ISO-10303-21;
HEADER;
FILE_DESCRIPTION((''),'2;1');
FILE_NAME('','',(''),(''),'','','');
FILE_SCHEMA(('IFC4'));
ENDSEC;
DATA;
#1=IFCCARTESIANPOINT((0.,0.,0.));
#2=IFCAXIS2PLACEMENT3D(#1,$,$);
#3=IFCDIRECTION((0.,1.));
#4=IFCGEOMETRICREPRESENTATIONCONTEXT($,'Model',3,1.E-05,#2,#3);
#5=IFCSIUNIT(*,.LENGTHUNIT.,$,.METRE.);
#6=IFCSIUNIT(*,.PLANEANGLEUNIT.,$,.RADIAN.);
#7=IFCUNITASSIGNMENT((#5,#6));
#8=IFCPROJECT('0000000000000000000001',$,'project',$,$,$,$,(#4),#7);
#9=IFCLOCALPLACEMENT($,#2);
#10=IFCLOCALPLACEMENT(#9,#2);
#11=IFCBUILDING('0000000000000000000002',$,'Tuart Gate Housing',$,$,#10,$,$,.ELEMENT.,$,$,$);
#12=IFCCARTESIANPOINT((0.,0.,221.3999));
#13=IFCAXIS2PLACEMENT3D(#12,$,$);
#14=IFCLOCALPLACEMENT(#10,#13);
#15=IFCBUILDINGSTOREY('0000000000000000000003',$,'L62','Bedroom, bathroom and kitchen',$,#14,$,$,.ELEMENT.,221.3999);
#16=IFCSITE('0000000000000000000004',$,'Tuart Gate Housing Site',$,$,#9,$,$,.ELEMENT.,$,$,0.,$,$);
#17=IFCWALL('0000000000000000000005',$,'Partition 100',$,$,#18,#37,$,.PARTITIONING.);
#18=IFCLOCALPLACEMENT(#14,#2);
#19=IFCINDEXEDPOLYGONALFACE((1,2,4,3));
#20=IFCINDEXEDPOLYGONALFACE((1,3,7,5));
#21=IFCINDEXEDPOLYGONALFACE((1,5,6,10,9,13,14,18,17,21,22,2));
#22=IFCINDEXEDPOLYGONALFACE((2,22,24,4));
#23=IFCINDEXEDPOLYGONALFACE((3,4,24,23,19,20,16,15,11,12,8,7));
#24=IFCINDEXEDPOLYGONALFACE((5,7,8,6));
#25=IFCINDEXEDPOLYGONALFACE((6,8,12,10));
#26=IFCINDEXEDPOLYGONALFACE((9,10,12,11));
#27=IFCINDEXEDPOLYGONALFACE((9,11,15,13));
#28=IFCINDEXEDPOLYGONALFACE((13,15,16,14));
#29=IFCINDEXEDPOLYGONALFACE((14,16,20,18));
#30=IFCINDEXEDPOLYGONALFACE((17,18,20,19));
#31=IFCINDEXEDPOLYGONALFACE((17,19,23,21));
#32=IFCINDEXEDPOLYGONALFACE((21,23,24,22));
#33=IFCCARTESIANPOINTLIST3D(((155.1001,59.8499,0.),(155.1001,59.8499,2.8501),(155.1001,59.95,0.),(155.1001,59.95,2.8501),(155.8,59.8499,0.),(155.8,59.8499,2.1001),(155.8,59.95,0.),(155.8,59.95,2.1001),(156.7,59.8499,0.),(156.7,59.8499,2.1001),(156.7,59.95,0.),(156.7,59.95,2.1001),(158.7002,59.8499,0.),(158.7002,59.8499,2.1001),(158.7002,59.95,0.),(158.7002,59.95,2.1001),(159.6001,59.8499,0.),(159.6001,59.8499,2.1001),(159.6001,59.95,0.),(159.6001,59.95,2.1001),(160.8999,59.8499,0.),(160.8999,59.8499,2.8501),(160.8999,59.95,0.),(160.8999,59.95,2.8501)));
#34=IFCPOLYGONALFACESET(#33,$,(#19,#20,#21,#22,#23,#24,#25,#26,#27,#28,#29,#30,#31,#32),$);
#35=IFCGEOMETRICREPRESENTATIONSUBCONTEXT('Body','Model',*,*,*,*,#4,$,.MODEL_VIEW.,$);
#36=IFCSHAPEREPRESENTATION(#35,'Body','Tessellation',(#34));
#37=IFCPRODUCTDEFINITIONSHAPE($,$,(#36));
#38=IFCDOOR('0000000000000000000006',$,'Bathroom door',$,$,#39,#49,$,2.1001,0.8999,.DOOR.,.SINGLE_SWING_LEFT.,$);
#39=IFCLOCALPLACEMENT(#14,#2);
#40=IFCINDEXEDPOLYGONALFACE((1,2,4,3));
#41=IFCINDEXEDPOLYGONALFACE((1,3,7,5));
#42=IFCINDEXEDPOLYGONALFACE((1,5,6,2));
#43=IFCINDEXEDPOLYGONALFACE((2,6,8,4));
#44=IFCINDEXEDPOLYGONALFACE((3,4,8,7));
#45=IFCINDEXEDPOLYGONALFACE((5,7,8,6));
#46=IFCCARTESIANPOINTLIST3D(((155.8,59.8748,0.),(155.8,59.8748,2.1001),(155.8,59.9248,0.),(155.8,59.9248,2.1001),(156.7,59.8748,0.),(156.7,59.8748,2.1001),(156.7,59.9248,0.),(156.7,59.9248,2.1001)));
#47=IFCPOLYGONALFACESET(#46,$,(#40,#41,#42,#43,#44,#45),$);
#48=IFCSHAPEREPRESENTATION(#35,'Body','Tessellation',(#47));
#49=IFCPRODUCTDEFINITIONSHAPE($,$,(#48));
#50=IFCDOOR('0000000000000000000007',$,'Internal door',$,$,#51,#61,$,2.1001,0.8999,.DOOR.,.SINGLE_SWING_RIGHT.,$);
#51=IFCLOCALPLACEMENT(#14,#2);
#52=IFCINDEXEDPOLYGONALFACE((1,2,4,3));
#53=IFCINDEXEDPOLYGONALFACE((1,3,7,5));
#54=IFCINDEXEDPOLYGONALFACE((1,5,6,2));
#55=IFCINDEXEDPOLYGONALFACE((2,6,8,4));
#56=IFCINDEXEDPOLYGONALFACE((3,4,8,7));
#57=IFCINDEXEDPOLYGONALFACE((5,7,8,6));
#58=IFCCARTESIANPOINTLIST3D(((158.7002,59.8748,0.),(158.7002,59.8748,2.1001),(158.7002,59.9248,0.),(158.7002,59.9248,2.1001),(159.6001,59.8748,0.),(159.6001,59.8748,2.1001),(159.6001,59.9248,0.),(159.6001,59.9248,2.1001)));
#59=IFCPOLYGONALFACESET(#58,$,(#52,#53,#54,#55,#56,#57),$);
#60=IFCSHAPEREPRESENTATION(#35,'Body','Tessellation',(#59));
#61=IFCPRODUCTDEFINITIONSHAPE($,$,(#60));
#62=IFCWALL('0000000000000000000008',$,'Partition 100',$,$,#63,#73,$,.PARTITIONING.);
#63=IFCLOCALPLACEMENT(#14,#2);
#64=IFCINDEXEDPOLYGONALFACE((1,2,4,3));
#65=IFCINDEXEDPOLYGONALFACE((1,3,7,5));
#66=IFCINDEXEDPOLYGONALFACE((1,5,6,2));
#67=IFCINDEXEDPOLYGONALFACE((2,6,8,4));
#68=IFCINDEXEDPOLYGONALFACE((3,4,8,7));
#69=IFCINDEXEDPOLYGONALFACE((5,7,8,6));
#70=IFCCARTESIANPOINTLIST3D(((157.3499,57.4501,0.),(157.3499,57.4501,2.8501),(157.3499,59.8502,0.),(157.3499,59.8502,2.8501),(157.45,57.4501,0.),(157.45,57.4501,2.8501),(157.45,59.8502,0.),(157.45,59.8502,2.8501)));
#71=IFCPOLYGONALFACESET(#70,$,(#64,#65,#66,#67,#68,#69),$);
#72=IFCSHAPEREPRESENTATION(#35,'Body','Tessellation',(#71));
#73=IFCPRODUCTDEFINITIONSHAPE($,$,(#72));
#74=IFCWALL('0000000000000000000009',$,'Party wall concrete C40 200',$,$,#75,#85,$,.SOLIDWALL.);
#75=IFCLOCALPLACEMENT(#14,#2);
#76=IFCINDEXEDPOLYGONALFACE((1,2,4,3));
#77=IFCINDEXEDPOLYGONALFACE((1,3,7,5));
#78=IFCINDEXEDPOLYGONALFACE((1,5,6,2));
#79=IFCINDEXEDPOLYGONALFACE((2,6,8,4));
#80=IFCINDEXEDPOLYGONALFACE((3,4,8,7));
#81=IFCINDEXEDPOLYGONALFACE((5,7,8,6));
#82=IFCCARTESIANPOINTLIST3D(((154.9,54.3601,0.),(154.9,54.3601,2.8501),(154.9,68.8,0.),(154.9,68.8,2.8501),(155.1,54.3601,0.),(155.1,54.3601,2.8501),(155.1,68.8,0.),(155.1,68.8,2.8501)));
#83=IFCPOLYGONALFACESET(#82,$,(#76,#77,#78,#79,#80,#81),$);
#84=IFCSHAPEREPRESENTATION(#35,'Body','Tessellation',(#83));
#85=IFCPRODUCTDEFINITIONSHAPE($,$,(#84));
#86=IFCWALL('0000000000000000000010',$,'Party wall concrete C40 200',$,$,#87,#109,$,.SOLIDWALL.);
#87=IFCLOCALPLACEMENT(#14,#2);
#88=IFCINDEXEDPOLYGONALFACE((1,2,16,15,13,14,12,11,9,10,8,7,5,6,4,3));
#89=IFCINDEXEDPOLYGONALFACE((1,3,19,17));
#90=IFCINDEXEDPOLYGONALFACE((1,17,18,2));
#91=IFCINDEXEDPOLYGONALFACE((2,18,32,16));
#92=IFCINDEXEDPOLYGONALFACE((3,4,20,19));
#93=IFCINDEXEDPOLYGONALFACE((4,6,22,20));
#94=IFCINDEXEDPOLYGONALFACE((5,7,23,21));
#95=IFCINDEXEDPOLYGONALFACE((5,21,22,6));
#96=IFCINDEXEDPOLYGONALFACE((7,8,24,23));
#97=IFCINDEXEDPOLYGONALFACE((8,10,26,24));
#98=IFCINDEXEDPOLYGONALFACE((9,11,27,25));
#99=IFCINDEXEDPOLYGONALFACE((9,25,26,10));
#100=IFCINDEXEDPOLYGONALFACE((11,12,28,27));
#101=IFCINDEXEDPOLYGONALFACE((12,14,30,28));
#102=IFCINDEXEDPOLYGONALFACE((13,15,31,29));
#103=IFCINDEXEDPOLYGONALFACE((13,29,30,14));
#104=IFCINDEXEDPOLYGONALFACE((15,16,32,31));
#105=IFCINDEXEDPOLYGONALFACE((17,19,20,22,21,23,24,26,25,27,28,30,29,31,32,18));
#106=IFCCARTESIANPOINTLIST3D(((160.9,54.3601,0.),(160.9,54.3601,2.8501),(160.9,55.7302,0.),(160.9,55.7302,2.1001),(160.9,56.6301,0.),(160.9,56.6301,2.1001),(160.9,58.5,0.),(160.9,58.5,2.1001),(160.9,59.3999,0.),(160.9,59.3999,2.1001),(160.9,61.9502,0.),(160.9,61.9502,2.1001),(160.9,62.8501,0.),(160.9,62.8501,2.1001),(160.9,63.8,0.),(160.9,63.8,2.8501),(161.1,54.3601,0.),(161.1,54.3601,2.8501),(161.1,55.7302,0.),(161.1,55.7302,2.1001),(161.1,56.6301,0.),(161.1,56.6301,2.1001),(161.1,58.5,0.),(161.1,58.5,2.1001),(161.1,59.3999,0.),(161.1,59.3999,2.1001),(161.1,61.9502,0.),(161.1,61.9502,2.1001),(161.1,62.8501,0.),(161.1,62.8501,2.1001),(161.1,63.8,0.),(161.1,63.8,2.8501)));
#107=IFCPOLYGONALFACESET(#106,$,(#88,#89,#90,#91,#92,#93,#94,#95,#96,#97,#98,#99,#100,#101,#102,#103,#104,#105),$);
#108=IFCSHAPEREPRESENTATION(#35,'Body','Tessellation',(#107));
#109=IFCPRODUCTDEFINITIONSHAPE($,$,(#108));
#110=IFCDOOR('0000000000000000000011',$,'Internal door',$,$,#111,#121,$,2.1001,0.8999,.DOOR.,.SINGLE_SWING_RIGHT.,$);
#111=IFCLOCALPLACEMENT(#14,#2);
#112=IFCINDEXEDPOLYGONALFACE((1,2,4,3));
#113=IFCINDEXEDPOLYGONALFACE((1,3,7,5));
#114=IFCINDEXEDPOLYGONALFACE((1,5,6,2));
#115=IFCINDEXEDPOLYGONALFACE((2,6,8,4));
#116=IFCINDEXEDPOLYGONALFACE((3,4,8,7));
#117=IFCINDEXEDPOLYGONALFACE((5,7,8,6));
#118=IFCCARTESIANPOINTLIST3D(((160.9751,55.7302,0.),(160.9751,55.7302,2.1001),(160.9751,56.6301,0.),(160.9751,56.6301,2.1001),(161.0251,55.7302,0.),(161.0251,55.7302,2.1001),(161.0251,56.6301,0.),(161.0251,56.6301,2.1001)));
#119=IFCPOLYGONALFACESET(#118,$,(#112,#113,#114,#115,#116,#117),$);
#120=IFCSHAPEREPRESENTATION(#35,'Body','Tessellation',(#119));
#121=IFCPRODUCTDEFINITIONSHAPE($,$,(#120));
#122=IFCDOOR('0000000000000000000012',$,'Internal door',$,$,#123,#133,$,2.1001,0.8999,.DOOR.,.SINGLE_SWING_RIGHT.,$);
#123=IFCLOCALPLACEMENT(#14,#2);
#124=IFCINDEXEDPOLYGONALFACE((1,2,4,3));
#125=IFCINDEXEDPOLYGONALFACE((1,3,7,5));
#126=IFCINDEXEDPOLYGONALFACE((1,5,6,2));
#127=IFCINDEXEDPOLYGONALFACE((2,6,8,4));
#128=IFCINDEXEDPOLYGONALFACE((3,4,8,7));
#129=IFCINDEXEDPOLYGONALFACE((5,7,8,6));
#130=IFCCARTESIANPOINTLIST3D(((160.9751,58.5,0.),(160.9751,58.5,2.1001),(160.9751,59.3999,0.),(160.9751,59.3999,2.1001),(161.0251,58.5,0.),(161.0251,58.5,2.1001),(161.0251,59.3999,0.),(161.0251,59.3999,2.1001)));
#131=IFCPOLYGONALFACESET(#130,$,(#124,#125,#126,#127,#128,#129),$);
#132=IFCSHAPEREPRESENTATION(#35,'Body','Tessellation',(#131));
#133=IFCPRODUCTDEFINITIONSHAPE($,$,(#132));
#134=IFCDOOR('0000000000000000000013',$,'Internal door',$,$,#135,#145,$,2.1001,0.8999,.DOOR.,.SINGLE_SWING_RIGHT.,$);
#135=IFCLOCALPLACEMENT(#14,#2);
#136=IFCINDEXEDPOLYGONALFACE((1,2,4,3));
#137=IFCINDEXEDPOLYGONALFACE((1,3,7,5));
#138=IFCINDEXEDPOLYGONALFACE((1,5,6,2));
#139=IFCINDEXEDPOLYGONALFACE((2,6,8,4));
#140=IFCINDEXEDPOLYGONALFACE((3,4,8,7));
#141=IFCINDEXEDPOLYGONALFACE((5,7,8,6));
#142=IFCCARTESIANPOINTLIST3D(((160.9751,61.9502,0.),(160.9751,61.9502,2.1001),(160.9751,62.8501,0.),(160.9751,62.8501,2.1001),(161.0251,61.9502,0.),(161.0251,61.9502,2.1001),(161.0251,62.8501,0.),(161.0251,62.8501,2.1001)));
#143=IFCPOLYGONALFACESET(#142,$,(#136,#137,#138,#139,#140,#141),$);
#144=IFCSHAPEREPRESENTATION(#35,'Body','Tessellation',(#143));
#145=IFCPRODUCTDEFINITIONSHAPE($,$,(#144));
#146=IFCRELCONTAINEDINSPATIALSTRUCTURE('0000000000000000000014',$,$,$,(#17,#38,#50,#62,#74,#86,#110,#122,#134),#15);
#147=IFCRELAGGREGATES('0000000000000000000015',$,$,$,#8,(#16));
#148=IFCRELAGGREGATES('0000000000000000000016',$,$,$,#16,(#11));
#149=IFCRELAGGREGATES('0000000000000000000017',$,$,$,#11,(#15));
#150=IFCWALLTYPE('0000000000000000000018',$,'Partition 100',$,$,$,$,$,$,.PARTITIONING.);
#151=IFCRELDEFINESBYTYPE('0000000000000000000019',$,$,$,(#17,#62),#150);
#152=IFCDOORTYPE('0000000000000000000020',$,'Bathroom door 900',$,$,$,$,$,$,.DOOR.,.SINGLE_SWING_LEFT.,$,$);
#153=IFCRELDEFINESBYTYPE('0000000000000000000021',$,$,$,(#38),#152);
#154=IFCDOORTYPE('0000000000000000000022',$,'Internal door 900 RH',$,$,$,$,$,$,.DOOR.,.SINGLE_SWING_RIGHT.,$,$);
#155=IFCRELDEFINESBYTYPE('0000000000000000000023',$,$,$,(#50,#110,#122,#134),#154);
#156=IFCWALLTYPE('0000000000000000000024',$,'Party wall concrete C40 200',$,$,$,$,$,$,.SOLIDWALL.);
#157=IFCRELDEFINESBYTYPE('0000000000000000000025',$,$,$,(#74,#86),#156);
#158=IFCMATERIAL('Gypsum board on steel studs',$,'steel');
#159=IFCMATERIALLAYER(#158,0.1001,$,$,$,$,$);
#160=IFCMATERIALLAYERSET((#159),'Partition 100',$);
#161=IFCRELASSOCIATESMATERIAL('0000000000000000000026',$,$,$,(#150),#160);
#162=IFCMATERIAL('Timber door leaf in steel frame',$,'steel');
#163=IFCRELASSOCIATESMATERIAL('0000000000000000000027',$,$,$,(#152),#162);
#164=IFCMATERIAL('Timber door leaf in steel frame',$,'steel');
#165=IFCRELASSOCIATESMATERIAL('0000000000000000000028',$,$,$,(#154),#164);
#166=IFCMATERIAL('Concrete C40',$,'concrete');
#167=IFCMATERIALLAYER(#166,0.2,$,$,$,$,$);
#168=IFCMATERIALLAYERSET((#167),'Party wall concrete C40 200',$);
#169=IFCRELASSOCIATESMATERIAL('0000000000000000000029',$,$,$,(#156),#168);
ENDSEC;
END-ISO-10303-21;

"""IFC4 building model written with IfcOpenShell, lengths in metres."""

from ifc_helpers import new_model, si_unit, direction, frame, frame_2d, origin, place, context, subcontext, project, spatial, rectangle, extrude, material, layer, layer_set, type_object, element, fill, save


model = new_model("IFC4")

# Units and contexts
model_context = context("Model", 3, precision=1e-05, world=origin(), true_north=direction((0.0, 1.0)))
body_context = subcontext(model_context, "Body", "Model", "MODEL_VIEW")
ifc_project = project(units=[si_unit("LENGTHUNIT", "METRE"), si_unit("PLANEANGLEUNIT", "RADIAN")], contexts=[model_context])

# Site, building, storey
site_placement = place(None, origin())
site = spatial("IfcSite", under=ifc_project, at=site_placement, Name="Tuart Gate Housing Site", CompositionType="ELEMENT", RefElevation=0.0)
building_placement = place(site_placement, origin())
building = spatial("IfcBuilding", under=site, at=building_placement, Name="Tuart Gate Housing", CompositionType="ELEMENT")
storey_placement = place(building_placement, frame((0.0, 0.0, 221.3999)))
storey = spatial("IfcBuildingStorey", under=building, at=storey_placement, Name="L62", Description="Bedroom, bathroom and kitchen", CompositionType="ELEMENT", Elevation=221.3999)

# Shared definitions
ifc_material_1 = material(Name="Gypsum board on steel studs", Category="steel")
ifc_layer_1 = layer(ifc_material_1, 0.1001)
ifc_layer_set_1 = layer_set([ifc_layer_1], Name="Partition 100")
wall_type_1 = type_object("IfcWallType", Name="Partition 100", PredefinedType="PARTITIONING", material=ifc_layer_set_1)

# Wall, openings, doors
wall_1_placement = place(storey_placement, frame((155.1001, 59.8999, 0.0), z_axis=(0.0, 0.0, 1.0), x_axis=(1.0, 0.0, 0.0)))
wall_1 = element("IfcWall", 1, at=wall_1_placement, inside=storey, type_object=wall_type_1, Name="Partition 100", PredefinedType="PARTITIONING", context=body_context, shape_type="SweptSolid", body=[
    extrude(rectangle(XDim=5.7998, YDim=0.1001, at=frame_2d((2.8999, 0.0))), origin(), (0.0, 0.0, 1.0), 2.8501),
])
opening_1_placement = place(wall_1_placement, frame((3.6001, 0.0, 0.0)))
opening_1 = element("IfcOpeningElement", 2, at=opening_1_placement, cuts=wall_1, PredefinedType="OPENING", context=body_context, shape_type="SweptSolid", body=[
    extrude(rectangle(XDim=0.8999, YDim=2.1001, at=frame_2d((0.45, 1.05))), frame((0.0, 0.0601, 0.0), z_axis=(0.0, -1.0, 0.0), x_axis=(1.0, 0.0, 0.0)), (0.0, 0.0, 1.0), 0.1201),
])
opening_2_placement = place(wall_1_placement, frame((0.7, 0.0, 0.0)))
opening_2 = element("IfcOpeningElement", 3, at=opening_2_placement, cuts=wall_1, PredefinedType="OPENING", context=body_context, shape_type="SweptSolid", body=[
    extrude(rectangle(XDim=0.8999, YDim=2.1001, at=frame_2d((0.45, 1.05))), frame((0.0, 0.0601, 0.0), z_axis=(0.0, -1.0, 0.0), x_axis=(1.0, 0.0, 0.0)), (0.0, 0.0, 1.0), 0.1201),
])
ifc_material_2 = material(Name="Timber door leaf in steel frame", Category="steel")
door_type_1 = type_object("IfcDoorType", Name="Bathroom door 900", OperationType="SINGLE_SWING_LEFT", PredefinedType="DOOR", material=ifc_material_2)
door_1_placement = place(opening_2_placement, frame((0.8999, 0.0, 0.0), z_axis=(0.0, 0.0, 1.0), x_axis=(-1.0, 0.0, 0.0)))
door_1 = element("IfcDoor", 4, at=door_1_placement, inside=storey, type_object=door_type_1, Name="Bathroom door", OperationType="SINGLE_SWING_LEFT", OverallHeight=2.1001, OverallWidth=0.8999, PredefinedType="DOOR", context=body_context, shape_type="SweptSolid", body=[
    extrude(rectangle(XDim=0.8999, YDim=2.1001, at=frame_2d((0.45, 1.05))), frame((0.0, 0.0251, 0.0), z_axis=(0.0, -1.0, 0.0), x_axis=(1.0, 0.0, 0.0)), (0.0, 0.0, 1.0), 0.05),
])
fill(opening_2, door_1)
ifc_material_3 = material(Name="Timber door leaf in steel frame", Category="steel")
door_type_2 = type_object("IfcDoorType", Name="Internal door 900 RH", OperationType="SINGLE_SWING_RIGHT", PredefinedType="DOOR", material=ifc_material_3)
door_2_placement = place(opening_1_placement, origin())
door_2 = element("IfcDoor", 5, at=door_2_placement, inside=storey, type_object=door_type_2, Name="Internal door", OperationType="SINGLE_SWING_RIGHT", OverallHeight=2.1001, OverallWidth=0.8999, PredefinedType="DOOR", context=body_context, shape_type="SweptSolid", body=[
    extrude(rectangle(XDim=0.8999, YDim=2.1001, at=frame_2d((0.45, 1.05))), frame((0.0, 0.0249, 0.0), z_axis=(0.0, -1.0, 0.0), x_axis=(1.0, 0.0, 0.0)), (0.0, 0.0, 1.0), 0.05),
])
fill(opening_1, door_2)

# Walls
wall_2_placement = place(storey_placement, frame((157.3999, 57.45, 0.0), z_axis=(0.0, 0.0, 1.0), x_axis=(0.0, 1.0, 0.0)))
element("IfcWall", 6, at=wall_2_placement, inside=storey, type_object=wall_type_1, Name="Partition 100", PredefinedType="PARTITIONING", context=body_context, shape_type="SweptSolid", body=[
    extrude(rectangle(XDim=2.4001, YDim=0.1001, at=frame_2d((1.2002, 0.0))), origin(), (0.0, 0.0, 1.0), 2.8501),
])
ifc_material_4 = material(Name="Concrete C40", Category="concrete")
ifc_layer_2 = layer(ifc_material_4, 0.2)
ifc_layer_set_2 = layer_set([ifc_layer_2], Name="Party wall concrete C40 200")
wall_type_2 = type_object("IfcWallType", Name="Party wall concrete C40 200", PredefinedType="SOLIDWALL", material=ifc_layer_set_2)
wall_3_placement = place(storey_placement, frame((155.0, 54.3601, 0.0), z_axis=(0.0, 0.0, 1.0), x_axis=(0.0, 1.0, 0.0)))
element("IfcWall", 7, at=wall_3_placement, inside=storey, type_object=wall_type_2, Name="Party wall concrete C40 200", PredefinedType="SOLIDWALL", context=body_context, shape_type="SweptSolid", body=[
    extrude(rectangle(XDim=14.4399, YDim=0.2, at=frame_2d((7.22, 0.0))), origin(), (0.0, 0.0, 1.0), 2.8501),
])

# Wall, openings, doors
wall_4_placement = place(storey_placement, frame((161.0, 54.3601, 0.0), z_axis=(0.0, 0.0, 1.0), x_axis=(0.0, 1.0, 0.0)))
wall_4 = element("IfcWall", 8, at=wall_4_placement, inside=storey, type_object=wall_type_2, Name="Party wall concrete C40 200", PredefinedType="SOLIDWALL", context=body_context, shape_type="SweptSolid", body=[
    extrude(rectangle(XDim=9.4399, YDim=0.2, at=frame_2d((4.72, 0.0))), origin(), (0.0, 0.0, 1.0), 2.8501),
])
opening_3_placement = place(wall_4_placement, frame((1.3701, 0.0, 0.0)))
opening_3 = element("IfcOpeningElement", 9, at=opening_3_placement, cuts=wall_4, PredefinedType="OPENING", context=body_context, shape_type="SweptSolid", body=[
    extrude(rectangle(XDim=0.8999, YDim=2.1001, at=frame_2d((0.45, 1.05))), frame((0.0, 0.1099, 0.0), z_axis=(0.0, -1.0, 0.0), x_axis=(1.0, 0.0, 0.0)), (0.0, 0.0, 1.0), 0.22),
])
opening_4_placement = place(wall_4_placement, frame((4.1399, 0.0, 0.0)))
opening_4 = element("IfcOpeningElement", 10, at=opening_4_placement, cuts=wall_4, PredefinedType="OPENING", context=body_context, shape_type="SweptSolid", body=[
    extrude(rectangle(XDim=0.8999, YDim=2.1001, at=frame_2d((0.45, 1.05))), frame((0.0, 0.1099, 0.0), z_axis=(0.0, -1.0, 0.0), x_axis=(1.0, 0.0, 0.0)), (0.0, 0.0, 1.0), 0.22),
])
opening_5_placement = place(wall_4_placement, frame((7.5901, 0.0, 0.0)))
opening_5 = element("IfcOpeningElement", 11, at=opening_5_placement, cuts=wall_4, PredefinedType="OPENING", context=body_context, shape_type="SweptSolid", body=[
    extrude(rectangle(XDim=0.8999, YDim=2.1001, at=frame_2d((0.45, 1.05))), frame((0.0, 0.1099, 0.0), z_axis=(0.0, -1.0, 0.0), x_axis=(1.0, 0.0, 0.0)), (0.0, 0.0, 1.0), 0.22),
])
door_3_placement = place(opening_3_placement, frame((0.8999, 0.0, 0.0), z_axis=(0.0, 0.0, 1.0), x_axis=(-1.0, 0.0, 0.0)))
door_3 = element("IfcDoor", 12, at=door_3_placement, inside=storey, type_object=door_type_2, Name="Internal door", OperationType="SINGLE_SWING_RIGHT", OverallHeight=2.1001, OverallWidth=0.8999, PredefinedType="DOOR", context=body_context, shape_type="SweptSolid", body=[
    extrude(rectangle(XDim=0.8999, YDim=2.1001, at=frame_2d((0.45, 1.05))), frame((0.0, 0.0251, 0.0), z_axis=(0.0, -1.0, 0.0), x_axis=(1.0, 0.0, 0.0)), (0.0, 0.0, 1.0), 0.05),
])
fill(opening_3, door_3)
door_4_placement = place(opening_4_placement, frame((0.8999, 0.0, 0.0), z_axis=(0.0, 0.0, 1.0), x_axis=(-1.0, 0.0, 0.0)))
door_4 = element("IfcDoor", 13, at=door_4_placement, inside=storey, type_object=door_type_2, Name="Internal door", OperationType="SINGLE_SWING_RIGHT", OverallHeight=2.1001, OverallWidth=0.8999, PredefinedType="DOOR", context=body_context, shape_type="SweptSolid", body=[
    extrude(rectangle(XDim=0.8999, YDim=2.1001, at=frame_2d((0.45, 1.05))), frame((0.0, 0.0251, 0.0), z_axis=(0.0, -1.0, 0.0), x_axis=(1.0, 0.0, 0.0)), (0.0, 0.0, 1.0), 0.05),
])
fill(opening_4, door_4)
door_5_placement = place(opening_5_placement, frame((0.8999, 0.0, 0.0), z_axis=(0.0, 0.0, 1.0), x_axis=(-1.0, 0.0, 0.0)))
door_5 = element("IfcDoor", 14, at=door_5_placement, inside=storey, type_object=door_type_2, Name="Internal door", OperationType="SINGLE_SWING_RIGHT", OverallHeight=2.1001, OverallWidth=0.8999, PredefinedType="DOOR", context=body_context, shape_type="SweptSolid", body=[
    extrude(rectangle(XDim=0.8999, YDim=2.1001, at=frame_2d((0.45, 1.05))), frame((0.0, 0.0251, 0.0), z_axis=(0.0, -1.0, 0.0), x_axis=(1.0, 0.0, 0.0)), (0.0, 0.0, 1.0), 0.05),
])
fill(opening_5, door_5)

save(model, "model.ifc")
